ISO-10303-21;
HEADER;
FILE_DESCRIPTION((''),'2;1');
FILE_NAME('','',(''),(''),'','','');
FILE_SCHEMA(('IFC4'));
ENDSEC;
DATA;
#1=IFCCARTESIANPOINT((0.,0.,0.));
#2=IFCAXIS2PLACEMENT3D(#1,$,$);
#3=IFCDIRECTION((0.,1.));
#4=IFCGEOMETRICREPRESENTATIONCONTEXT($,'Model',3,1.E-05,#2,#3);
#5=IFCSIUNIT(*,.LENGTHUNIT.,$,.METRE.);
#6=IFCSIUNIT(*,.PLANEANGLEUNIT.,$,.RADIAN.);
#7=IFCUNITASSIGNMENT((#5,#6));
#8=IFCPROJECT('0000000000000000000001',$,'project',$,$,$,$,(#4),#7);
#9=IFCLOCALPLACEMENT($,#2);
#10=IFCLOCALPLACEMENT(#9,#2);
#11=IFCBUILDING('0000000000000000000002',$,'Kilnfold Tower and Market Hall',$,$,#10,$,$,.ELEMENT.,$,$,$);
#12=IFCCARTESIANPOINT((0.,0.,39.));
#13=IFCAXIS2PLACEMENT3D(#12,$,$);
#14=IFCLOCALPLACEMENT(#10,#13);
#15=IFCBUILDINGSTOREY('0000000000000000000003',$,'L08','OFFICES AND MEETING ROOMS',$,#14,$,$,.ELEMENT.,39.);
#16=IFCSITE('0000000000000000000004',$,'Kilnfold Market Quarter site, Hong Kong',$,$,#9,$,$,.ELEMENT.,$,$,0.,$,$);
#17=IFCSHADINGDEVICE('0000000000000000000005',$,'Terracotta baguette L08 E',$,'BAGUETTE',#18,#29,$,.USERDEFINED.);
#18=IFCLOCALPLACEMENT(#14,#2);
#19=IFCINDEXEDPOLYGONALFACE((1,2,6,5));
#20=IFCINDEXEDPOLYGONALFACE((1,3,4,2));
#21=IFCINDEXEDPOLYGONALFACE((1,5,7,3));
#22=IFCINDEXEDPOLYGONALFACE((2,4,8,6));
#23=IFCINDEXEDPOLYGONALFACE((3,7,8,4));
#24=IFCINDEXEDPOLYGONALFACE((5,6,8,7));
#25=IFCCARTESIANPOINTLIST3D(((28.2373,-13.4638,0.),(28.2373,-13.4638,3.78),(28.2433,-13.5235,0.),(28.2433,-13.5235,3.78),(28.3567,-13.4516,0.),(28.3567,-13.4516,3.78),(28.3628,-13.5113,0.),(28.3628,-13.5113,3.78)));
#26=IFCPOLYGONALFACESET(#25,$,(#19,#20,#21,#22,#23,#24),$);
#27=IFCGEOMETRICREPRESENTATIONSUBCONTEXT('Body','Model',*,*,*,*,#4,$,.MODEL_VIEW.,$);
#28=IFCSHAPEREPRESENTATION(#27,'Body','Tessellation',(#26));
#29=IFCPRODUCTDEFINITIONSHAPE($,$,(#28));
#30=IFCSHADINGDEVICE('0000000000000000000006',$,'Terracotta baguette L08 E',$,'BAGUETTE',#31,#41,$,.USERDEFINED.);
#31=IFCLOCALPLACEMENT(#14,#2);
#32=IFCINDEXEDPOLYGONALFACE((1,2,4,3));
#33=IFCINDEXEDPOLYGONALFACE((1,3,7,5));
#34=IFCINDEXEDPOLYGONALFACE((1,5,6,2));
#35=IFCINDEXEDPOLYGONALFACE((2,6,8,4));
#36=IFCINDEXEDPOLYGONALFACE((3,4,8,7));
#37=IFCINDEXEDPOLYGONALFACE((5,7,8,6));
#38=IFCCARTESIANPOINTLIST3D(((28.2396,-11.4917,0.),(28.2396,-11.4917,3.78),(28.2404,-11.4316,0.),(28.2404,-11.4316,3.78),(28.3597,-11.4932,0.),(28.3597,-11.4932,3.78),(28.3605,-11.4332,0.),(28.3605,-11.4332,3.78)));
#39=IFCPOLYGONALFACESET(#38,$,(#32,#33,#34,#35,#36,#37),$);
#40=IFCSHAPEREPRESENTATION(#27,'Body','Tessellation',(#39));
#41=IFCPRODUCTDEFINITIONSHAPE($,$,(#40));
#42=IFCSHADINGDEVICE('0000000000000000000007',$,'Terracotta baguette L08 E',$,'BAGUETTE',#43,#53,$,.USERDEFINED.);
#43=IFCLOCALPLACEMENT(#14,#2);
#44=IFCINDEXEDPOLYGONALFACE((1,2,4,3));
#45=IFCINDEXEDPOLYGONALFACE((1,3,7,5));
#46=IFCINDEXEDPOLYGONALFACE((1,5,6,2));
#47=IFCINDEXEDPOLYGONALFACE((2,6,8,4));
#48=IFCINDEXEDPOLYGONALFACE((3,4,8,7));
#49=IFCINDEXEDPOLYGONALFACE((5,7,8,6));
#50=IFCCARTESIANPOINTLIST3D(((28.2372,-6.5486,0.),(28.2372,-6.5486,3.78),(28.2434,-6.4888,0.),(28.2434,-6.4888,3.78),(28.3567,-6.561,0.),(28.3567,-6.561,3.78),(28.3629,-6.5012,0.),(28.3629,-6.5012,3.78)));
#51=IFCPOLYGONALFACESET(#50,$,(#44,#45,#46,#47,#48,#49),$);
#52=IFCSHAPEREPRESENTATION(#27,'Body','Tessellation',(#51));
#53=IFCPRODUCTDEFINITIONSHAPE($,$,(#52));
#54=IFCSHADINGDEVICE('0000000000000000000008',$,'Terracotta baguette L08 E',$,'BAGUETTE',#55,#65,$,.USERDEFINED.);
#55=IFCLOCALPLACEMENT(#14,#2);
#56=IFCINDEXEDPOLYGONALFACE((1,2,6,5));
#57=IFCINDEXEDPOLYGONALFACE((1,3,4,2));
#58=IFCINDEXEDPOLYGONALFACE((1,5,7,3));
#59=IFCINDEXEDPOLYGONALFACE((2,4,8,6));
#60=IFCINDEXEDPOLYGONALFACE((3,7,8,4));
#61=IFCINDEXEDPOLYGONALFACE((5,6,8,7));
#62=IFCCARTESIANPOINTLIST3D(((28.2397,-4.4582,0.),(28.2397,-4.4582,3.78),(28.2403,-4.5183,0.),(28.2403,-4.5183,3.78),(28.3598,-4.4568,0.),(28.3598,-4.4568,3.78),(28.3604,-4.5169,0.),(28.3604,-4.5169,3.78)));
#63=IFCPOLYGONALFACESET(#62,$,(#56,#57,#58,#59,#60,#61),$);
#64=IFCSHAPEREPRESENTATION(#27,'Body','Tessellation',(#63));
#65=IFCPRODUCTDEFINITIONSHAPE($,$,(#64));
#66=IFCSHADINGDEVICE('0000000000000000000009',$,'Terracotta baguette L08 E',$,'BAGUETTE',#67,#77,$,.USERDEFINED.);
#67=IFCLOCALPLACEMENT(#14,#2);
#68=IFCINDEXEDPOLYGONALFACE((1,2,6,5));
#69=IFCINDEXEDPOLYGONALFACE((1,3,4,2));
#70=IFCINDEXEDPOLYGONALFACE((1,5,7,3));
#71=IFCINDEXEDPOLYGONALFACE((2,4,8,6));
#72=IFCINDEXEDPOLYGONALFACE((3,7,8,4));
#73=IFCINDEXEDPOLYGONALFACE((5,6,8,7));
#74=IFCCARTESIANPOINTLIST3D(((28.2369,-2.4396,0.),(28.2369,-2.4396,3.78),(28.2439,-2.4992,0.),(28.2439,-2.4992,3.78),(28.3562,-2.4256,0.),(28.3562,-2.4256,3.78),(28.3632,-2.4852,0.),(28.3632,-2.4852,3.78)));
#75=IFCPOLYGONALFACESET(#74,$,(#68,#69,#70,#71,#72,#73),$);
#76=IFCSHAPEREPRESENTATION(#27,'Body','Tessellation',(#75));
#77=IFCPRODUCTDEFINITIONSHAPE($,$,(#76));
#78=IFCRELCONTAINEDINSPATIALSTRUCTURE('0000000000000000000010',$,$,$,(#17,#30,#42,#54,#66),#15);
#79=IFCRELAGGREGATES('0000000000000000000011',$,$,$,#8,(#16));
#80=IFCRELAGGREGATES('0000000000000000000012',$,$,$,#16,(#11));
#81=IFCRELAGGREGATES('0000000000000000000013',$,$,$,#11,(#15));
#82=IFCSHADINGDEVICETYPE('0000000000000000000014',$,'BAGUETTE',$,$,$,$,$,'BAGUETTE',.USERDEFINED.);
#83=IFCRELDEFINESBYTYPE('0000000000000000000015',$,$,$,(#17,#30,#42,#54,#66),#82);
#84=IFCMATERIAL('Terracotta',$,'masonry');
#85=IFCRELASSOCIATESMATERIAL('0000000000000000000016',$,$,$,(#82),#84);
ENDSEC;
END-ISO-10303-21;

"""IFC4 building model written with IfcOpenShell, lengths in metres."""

from ifc_helpers import new_model, si_unit, direction, frame, origin, origin_2d, place, context, subcontext, project, spatial, rectangle, extrude, source, transform, mapped, material, material_profile, profile_set, type_object, element, save


model = new_model("IFC4")

# Units and contexts
model_context = context("Model", 3, precision=1e-05, world=origin(), true_north=direction((0.0, 1.0)))
body_context = subcontext(model_context, "Body", "Model", "MODEL_VIEW")
ifc_project = project(units=[si_unit("LENGTHUNIT", "METRE"), si_unit("PLANEANGLEUNIT", "RADIAN")], contexts=[model_context])

# Site, building, storey
site_placement = place(None, origin())
site = spatial("IfcSite", under=ifc_project, at=site_placement, Name="Kilnfold Market Quarter site, Hong Kong", CompositionType="ELEMENT", RefElevation=0.0)
building_placement = place(site_placement, origin())
building = spatial("IfcBuilding", under=site, at=building_placement, Name="Kilnfold Tower and Market Hall", CompositionType="ELEMENT")
storey_placement = place(building_placement, frame((0.0, 0.0, 39.0)))
storey = spatial("IfcBuildingStorey", under=building, at=storey_placement, Name="L08", Description="OFFICES AND MEETING ROOMS", CompositionType="ELEMENT", Elevation=39.0)

# Shading devices
ifc_material_1 = material(Name="Terracotta", Category="masonry")
ifc_material_profile_1 = material_profile(ifc_material_1, rectangle(XDim=0.0601, YDim=0.1201, at=origin_2d()), Name="BAG 60x120")
ifc_profile_set_1 = profile_set([ifc_material_profile_1], Name="Terracotta")
shading_device_type = type_object("IfcShadingDeviceType", Name="BAGUETTE", ElementType="BAGUETTE", PredefinedType="USERDEFINED", material=ifc_profile_set_1)
shared_shape_1 = source(origin(), body_context, "Body", "SweptSolid", [
    extrude(rectangle(XDim=0.0601, YDim=0.1201, at=origin_2d()), origin(), (0.0, 0.0, 1.0), 3.78),
])
for number, where, z_axis, x_axis, name in (
    (1, (28.3, -13.4875, 0.0), (0.0, 0.0, 1.0), (-0.101511, 0.994834, 0.0), "Terracotta baguette L08 E"),
    (2, (28.3, -11.4624, 0.0), (0.0, 0.0, 1.0), (0.012967, 0.999916, 0.0), "Terracotta baguette L08 E"),
    (3, (28.3, -6.5249, 0.0), (0.0, 0.0, 1.0), (0.1031, 0.994671, 0.0), "Terracotta baguette L08 E"),
    (4, (28.3, -4.4875, 0.0), (0.0, 0.0, 1.0), (-0.011407, 0.999935, 0.0), "Terracotta baguette L08 E"),
    (5, (28.3, -2.4624, 0.0), (0.0, 0.0, 1.0), (-0.116513, 0.993189, 0.0), "Terracotta baguette L08 E"),
):
    element("IfcShadingDevice", number, at=place(storey_placement, frame(where, z_axis=z_axis, x_axis=x_axis)), inside=storey, type_object=shading_device_type, Name=name, ObjectType="BAGUETTE", PredefinedType="USERDEFINED", context=body_context, shape_type="MappedRepresentation", body=[
        mapped(shared_shape_1, transform((0.0, 0.0, 0.0))),
    ])

save(model, "model.ifc")
